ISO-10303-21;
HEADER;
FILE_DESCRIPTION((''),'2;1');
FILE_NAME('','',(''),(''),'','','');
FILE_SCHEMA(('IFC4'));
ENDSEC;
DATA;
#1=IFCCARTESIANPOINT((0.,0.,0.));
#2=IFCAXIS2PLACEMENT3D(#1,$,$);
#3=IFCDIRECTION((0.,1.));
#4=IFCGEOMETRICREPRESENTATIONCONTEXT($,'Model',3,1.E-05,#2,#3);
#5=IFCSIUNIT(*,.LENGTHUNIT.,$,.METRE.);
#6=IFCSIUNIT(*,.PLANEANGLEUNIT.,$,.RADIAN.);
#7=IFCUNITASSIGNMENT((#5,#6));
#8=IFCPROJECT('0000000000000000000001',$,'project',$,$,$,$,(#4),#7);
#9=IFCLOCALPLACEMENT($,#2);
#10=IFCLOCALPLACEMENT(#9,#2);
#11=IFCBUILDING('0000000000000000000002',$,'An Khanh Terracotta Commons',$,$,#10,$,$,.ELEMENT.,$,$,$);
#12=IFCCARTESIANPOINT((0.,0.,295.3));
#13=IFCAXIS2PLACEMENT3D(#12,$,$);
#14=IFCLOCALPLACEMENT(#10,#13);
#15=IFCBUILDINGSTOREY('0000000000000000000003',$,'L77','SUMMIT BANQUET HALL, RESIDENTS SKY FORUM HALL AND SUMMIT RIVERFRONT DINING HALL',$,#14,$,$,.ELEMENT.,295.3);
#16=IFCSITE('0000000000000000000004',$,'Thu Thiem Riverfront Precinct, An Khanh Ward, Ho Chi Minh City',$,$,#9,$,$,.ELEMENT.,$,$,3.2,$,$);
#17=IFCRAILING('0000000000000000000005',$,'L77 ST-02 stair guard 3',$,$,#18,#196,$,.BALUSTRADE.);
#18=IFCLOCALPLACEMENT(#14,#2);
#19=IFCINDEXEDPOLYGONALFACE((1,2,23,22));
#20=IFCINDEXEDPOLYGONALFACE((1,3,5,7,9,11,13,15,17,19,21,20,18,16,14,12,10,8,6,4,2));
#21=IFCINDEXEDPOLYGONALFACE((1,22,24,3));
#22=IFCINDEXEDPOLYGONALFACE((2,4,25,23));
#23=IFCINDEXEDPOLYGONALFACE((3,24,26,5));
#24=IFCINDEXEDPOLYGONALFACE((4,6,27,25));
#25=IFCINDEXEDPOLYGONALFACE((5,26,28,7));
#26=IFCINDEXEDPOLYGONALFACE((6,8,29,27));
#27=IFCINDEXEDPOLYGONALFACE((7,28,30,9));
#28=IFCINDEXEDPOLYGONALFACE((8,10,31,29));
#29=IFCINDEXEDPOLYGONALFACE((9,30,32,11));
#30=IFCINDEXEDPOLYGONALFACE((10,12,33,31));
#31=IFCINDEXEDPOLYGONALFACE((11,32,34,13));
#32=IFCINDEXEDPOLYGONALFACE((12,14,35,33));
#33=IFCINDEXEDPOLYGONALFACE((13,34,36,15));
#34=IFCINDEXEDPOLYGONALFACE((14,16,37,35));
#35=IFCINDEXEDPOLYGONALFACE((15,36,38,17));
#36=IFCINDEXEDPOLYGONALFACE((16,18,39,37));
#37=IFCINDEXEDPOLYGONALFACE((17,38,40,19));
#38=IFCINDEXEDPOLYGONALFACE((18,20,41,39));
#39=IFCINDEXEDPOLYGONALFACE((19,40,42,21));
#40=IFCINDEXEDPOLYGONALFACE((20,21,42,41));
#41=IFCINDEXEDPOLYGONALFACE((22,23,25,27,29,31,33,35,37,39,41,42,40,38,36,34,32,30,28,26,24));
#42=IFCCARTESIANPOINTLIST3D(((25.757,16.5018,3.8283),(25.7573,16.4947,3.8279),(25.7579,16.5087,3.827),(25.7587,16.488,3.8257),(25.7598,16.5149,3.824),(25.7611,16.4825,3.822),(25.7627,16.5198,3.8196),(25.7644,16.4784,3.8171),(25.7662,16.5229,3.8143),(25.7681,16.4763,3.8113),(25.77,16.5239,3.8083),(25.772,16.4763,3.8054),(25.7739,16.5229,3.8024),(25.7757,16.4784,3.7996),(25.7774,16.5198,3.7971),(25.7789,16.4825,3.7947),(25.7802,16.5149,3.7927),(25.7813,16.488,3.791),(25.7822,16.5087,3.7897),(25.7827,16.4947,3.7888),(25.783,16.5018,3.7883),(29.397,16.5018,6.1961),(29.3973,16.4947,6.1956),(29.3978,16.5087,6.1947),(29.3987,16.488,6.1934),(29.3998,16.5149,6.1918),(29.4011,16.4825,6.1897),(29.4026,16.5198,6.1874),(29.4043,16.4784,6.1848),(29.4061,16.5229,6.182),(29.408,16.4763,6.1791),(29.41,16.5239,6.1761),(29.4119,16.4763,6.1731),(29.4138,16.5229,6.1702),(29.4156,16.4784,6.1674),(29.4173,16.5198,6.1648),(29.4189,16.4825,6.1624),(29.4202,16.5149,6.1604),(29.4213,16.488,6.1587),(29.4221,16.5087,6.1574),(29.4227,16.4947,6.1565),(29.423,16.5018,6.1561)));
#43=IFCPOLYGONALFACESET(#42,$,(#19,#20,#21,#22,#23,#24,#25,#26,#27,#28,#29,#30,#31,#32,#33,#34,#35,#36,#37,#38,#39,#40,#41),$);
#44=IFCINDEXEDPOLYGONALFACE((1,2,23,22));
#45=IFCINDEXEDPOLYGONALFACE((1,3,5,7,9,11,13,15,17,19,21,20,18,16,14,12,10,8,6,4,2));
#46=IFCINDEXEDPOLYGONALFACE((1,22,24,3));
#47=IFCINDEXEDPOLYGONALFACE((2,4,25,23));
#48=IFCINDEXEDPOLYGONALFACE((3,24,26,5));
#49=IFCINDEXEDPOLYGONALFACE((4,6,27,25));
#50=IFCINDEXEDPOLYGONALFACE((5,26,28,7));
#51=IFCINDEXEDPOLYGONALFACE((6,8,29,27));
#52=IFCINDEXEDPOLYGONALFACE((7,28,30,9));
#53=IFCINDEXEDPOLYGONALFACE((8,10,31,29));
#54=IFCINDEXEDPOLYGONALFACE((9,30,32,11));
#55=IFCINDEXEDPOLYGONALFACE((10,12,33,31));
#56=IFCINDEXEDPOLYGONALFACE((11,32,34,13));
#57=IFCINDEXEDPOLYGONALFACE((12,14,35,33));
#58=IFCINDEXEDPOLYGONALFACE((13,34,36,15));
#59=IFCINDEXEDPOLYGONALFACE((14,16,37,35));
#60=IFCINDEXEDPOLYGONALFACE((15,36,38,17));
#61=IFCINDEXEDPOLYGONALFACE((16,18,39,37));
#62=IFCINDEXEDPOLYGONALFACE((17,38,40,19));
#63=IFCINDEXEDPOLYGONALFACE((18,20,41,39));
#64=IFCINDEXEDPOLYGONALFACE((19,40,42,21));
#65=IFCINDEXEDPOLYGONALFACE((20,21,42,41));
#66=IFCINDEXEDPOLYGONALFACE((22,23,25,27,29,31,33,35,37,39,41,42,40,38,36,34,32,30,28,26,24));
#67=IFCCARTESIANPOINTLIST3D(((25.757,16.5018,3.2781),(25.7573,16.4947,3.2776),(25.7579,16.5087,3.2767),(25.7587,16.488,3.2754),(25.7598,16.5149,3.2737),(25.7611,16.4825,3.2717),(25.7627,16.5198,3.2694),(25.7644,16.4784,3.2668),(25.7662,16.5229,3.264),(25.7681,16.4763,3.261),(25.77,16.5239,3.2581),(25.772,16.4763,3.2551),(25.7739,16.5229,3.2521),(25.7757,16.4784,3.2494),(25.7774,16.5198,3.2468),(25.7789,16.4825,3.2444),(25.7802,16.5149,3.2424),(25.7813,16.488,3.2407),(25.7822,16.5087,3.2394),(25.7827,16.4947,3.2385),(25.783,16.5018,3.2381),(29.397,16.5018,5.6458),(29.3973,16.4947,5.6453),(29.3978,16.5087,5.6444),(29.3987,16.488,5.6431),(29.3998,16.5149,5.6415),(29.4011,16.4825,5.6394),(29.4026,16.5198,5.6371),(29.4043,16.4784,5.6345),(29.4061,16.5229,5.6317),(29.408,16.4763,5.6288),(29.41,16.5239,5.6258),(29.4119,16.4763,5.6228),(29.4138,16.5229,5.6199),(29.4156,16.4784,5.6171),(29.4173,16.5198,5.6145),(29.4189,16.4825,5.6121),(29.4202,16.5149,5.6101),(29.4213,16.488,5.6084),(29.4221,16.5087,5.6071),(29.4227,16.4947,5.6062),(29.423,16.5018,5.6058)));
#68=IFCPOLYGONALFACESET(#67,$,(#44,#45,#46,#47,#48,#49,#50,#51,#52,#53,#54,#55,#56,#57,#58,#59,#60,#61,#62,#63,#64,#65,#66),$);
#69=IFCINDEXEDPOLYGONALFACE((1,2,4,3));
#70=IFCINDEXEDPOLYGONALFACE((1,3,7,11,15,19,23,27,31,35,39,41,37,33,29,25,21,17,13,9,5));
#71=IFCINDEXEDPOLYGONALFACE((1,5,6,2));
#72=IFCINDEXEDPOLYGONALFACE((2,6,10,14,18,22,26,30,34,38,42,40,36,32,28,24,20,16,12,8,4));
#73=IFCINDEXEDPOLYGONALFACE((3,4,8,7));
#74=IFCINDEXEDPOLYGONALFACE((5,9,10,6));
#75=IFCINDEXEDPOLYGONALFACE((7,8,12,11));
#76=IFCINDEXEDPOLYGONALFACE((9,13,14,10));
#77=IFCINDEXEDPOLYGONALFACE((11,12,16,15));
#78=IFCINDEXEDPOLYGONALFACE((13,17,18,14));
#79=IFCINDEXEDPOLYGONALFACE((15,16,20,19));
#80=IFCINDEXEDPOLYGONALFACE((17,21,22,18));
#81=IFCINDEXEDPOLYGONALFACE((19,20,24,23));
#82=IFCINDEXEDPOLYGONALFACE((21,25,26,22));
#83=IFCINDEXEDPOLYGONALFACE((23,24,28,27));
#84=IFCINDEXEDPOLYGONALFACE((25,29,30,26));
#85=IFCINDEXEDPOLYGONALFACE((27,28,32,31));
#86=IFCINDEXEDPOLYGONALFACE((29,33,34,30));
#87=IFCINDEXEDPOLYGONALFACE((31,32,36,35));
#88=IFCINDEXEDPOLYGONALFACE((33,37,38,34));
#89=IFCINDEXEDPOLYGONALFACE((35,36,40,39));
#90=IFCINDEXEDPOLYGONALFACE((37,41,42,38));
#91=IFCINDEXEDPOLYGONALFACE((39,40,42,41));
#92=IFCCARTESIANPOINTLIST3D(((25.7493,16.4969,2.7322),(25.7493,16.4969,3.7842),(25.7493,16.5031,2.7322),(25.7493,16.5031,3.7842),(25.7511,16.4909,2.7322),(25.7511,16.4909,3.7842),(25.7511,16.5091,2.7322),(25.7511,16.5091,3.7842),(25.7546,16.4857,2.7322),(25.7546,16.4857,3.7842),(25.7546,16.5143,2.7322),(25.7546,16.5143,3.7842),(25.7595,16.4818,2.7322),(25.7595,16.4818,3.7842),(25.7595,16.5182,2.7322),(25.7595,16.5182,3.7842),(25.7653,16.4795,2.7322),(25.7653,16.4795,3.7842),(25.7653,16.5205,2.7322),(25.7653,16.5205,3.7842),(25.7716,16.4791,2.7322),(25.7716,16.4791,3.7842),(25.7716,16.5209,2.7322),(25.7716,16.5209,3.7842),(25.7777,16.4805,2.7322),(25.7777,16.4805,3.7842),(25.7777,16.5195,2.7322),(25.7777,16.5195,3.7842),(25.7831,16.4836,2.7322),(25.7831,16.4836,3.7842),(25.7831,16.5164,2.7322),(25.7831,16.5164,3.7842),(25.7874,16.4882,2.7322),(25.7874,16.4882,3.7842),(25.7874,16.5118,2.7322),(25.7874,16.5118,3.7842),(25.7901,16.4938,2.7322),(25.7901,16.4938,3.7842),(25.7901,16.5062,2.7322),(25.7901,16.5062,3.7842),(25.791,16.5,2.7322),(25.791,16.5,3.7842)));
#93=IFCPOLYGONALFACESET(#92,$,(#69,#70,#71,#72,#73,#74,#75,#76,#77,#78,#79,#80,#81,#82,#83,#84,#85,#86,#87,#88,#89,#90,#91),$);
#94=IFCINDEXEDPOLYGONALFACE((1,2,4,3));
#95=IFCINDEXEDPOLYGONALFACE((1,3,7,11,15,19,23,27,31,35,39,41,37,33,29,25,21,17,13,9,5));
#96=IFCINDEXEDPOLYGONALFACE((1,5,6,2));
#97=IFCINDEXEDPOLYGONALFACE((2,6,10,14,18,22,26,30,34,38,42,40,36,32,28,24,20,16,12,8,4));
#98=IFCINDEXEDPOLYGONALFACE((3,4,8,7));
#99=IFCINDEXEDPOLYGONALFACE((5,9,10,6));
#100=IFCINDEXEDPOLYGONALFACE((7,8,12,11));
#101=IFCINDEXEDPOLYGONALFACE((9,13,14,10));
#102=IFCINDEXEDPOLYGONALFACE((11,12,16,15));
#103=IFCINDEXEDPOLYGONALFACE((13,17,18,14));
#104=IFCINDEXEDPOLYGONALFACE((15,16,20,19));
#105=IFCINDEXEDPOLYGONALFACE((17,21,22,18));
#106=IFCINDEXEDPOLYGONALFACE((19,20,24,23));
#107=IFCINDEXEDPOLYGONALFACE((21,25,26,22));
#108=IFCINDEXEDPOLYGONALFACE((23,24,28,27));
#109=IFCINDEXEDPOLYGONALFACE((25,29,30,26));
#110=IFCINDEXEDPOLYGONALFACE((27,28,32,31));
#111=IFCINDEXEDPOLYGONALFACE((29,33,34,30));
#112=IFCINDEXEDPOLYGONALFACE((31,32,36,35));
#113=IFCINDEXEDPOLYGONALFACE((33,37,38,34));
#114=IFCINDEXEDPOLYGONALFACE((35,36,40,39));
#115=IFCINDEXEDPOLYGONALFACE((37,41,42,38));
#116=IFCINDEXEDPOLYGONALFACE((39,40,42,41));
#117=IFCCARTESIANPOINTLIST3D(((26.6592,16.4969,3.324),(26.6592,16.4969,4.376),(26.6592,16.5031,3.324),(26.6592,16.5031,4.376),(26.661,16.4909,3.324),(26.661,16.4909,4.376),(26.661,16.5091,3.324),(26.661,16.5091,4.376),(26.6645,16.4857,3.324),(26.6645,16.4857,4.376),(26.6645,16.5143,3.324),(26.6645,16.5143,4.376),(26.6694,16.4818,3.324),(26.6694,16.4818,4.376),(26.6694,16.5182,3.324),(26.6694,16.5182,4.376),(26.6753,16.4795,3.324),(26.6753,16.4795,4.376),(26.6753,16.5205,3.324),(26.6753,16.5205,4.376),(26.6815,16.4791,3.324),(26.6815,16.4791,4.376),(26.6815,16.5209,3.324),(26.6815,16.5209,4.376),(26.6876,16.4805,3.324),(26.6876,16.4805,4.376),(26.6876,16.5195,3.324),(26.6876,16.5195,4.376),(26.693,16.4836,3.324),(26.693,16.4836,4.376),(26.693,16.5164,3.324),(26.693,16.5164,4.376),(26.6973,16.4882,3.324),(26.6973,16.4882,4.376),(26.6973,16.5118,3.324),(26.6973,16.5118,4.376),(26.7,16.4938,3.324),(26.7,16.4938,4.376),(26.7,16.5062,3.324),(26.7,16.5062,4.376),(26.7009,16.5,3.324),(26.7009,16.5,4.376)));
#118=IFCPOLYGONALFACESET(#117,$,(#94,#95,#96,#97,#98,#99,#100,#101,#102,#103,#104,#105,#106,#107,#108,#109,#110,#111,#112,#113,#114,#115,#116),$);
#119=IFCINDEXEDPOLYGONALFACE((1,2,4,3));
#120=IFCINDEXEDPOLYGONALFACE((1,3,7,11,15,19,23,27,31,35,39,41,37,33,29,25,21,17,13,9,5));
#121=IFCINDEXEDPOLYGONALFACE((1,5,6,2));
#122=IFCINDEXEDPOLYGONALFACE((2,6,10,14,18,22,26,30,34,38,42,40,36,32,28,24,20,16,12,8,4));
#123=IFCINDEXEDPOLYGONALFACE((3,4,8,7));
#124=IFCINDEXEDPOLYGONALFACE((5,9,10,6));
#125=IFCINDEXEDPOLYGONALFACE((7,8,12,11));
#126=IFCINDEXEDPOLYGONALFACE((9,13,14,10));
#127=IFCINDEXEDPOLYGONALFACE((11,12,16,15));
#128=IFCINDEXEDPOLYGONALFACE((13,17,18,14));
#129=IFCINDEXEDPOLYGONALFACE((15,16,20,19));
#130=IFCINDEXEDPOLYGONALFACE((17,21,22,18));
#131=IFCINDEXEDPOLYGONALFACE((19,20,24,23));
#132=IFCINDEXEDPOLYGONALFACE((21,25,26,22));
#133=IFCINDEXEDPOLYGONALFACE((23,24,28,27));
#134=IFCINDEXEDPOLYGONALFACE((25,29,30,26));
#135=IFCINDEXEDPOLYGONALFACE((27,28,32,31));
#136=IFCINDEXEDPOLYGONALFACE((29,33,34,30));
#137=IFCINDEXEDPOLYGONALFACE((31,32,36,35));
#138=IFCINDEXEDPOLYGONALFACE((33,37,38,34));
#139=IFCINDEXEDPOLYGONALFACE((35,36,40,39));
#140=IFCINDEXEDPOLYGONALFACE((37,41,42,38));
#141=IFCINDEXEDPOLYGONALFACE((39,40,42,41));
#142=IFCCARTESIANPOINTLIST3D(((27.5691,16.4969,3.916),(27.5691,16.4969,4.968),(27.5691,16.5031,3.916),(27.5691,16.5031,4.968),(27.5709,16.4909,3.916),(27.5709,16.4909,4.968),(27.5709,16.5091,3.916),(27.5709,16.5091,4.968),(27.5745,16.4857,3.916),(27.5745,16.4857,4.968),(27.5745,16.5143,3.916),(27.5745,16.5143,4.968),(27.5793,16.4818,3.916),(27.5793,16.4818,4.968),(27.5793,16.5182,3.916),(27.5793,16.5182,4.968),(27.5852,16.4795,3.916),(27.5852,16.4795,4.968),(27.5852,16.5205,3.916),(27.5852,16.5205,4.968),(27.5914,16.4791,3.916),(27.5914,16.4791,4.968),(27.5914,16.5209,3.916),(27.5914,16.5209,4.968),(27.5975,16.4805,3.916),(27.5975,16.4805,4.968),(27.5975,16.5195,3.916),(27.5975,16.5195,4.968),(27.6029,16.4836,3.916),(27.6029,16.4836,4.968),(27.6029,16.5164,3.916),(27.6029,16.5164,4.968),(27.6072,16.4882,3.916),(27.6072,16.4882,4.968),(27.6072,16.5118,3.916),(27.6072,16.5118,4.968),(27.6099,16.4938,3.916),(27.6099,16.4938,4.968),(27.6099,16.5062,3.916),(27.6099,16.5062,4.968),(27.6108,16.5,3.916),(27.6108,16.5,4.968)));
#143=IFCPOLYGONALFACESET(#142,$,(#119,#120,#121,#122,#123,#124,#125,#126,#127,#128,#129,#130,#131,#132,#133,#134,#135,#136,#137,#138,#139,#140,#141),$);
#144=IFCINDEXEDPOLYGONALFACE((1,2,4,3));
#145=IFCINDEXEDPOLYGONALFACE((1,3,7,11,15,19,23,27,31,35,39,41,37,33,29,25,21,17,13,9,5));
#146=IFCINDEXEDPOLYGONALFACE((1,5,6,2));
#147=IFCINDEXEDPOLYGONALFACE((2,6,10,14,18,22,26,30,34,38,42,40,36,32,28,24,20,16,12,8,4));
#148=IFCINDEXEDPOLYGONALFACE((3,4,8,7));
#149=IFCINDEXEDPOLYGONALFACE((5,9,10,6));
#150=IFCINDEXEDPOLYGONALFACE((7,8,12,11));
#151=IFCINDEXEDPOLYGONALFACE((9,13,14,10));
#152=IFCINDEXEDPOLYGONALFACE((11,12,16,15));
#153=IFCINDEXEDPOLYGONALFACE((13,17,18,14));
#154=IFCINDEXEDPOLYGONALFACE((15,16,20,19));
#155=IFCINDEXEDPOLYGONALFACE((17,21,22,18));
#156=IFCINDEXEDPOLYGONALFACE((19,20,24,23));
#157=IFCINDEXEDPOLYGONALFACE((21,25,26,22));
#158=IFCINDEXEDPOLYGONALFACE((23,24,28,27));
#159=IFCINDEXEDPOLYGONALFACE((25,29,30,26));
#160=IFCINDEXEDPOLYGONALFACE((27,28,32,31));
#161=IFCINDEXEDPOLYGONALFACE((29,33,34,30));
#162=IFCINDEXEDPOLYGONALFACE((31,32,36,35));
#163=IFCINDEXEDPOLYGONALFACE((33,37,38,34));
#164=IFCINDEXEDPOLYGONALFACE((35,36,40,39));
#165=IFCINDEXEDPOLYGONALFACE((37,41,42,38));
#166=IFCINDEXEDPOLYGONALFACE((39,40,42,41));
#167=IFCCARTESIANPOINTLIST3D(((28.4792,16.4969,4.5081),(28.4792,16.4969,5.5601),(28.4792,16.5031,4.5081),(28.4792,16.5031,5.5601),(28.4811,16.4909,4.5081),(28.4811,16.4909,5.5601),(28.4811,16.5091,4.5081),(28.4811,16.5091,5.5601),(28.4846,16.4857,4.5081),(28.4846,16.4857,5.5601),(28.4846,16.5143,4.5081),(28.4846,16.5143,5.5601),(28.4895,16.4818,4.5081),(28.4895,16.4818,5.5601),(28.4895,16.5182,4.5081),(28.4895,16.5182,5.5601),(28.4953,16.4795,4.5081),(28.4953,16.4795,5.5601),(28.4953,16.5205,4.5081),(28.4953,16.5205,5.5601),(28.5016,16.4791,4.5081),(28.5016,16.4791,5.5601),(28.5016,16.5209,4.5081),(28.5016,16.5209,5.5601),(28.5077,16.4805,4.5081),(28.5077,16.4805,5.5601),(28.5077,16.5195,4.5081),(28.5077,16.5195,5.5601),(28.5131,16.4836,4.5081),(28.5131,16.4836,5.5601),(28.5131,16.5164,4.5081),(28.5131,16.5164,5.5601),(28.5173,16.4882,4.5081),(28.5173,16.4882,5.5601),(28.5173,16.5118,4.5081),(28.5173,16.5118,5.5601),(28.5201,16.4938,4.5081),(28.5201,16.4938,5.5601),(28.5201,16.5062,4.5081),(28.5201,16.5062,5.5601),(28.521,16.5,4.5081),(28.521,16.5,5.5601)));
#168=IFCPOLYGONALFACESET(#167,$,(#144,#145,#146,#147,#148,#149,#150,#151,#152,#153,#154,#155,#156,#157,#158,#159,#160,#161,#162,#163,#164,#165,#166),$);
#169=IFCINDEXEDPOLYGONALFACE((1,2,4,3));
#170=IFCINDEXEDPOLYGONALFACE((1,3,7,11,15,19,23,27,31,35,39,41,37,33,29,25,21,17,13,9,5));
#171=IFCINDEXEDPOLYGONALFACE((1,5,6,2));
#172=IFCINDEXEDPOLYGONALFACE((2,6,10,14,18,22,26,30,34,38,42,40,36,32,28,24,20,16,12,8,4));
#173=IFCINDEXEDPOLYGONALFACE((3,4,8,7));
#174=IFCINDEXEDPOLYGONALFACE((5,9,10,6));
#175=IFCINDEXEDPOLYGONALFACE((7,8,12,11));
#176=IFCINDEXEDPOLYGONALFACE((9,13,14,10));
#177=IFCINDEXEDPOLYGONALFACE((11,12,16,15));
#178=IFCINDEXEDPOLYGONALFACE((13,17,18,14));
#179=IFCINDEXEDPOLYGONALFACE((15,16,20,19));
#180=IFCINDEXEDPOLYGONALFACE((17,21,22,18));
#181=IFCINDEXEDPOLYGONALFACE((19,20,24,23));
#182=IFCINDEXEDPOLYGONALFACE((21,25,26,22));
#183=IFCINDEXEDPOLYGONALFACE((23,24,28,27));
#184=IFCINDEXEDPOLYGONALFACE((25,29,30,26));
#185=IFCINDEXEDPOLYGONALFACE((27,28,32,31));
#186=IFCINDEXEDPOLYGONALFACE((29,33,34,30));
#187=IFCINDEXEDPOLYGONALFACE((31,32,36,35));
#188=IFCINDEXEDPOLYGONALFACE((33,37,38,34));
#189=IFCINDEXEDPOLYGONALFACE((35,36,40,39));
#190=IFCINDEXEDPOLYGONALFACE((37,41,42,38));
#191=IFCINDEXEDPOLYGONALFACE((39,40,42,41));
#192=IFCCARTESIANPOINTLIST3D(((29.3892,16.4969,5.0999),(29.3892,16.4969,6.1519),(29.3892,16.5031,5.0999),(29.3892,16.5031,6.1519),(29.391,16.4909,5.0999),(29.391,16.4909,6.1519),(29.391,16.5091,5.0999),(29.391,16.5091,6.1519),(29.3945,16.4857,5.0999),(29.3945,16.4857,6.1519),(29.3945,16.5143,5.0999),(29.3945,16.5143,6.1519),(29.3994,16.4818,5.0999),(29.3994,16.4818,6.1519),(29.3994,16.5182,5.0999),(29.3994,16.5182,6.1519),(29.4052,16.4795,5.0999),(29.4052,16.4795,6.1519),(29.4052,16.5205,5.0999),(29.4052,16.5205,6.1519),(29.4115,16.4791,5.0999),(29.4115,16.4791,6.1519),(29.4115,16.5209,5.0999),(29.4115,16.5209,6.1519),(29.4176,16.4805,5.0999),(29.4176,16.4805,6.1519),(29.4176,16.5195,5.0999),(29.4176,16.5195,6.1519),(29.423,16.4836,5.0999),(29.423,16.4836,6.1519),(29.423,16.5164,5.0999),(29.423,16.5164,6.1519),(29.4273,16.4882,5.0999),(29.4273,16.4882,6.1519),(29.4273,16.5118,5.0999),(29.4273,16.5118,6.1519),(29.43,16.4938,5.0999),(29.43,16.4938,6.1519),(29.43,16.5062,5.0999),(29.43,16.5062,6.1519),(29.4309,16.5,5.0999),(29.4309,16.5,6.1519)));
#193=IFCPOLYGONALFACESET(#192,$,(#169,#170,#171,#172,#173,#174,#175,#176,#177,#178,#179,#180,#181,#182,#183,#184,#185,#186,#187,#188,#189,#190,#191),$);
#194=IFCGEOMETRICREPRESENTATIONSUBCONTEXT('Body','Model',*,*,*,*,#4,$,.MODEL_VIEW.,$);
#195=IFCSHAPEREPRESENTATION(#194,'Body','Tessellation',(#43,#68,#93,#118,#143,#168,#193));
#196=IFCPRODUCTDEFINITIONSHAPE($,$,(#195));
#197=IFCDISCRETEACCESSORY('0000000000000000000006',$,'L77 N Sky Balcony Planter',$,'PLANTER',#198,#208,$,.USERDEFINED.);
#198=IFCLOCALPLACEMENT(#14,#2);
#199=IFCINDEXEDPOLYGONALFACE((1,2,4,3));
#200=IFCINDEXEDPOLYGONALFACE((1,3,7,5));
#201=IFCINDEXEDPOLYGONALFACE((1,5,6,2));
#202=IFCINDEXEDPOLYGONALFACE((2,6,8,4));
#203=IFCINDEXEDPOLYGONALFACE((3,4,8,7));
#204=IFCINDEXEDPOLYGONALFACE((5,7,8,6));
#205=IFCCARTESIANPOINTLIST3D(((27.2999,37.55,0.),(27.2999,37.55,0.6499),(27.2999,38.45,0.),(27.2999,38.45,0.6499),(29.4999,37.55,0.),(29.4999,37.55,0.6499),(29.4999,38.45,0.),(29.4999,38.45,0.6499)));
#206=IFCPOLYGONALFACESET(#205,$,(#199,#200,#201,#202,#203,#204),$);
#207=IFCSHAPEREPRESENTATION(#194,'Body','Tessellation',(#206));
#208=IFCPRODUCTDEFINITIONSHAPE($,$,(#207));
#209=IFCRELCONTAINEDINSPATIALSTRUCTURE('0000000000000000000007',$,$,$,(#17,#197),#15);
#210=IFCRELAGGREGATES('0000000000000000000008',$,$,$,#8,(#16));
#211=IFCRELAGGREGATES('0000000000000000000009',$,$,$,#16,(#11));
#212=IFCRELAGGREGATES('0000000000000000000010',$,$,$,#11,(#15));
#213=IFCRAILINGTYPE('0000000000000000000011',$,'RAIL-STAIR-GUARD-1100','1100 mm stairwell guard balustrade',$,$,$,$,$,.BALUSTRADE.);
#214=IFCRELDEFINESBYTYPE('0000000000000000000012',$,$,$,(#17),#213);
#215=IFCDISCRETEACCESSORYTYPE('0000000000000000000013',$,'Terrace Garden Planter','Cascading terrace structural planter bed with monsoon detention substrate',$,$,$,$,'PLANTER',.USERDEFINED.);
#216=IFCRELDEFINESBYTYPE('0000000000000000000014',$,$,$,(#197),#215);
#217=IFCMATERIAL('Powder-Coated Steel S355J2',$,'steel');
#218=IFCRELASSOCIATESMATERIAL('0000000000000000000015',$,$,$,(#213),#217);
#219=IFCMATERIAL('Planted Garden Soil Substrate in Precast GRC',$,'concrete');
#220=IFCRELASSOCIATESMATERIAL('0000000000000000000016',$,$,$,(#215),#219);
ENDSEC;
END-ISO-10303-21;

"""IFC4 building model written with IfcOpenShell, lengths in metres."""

from ifc_helpers import new_model, si_unit, direction, frame, origin, origin_2d, place, context, subcontext, project, spatial, rectangle, circle, extrude, material, type_object, element, save


model = new_model("IFC4")

# Units and contexts
model_context = context("Model", 3, precision=1e-05, world=origin(), true_north=direction((0.0, 1.0)))
body_context = subcontext(model_context, "Body", "Model", "MODEL_VIEW")
ifc_project = project(units=[si_unit("LENGTHUNIT", "METRE"), si_unit("PLANEANGLEUNIT", "RADIAN")], contexts=[model_context])

# Site, building, storey
site_placement = place(None, origin())
site = spatial("IfcSite", under=ifc_project, at=site_placement, Name="Thu Thiem Riverfront Precinct, An Khanh Ward, Ho Chi Minh City", CompositionType="ELEMENT", RefElevation=3.2)
building_placement = place(site_placement, origin())
building = spatial("IfcBuilding", under=site, at=building_placement, Name="An Khanh Terracotta Commons", CompositionType="ELEMENT")
storey_placement = place(building_placement, frame((0.0, 0.0, 295.3)))
storey = spatial("IfcBuildingStorey", under=building, at=storey_placement, Name="L77", Description="SUMMIT BANQUET HALL, RESIDENTS SKY FORUM HALL AND SUMMIT RIVERFRONT DINING HALL", CompositionType="ELEMENT", Elevation=295.3)

# Railing
ifc_material_1 = material(Name="Powder-Coated Steel S355J2", Category="steel")
railing_type_1 = type_object("IfcRailingType", Name="RAIL-STAIR-GUARD-1100", Description="1100 mm stairwell guard balustrade", PredefinedType="BALUSTRADE", material=ifc_material_1)
railing_1_placement = place(storey_placement, frame((25.77, 16.5, 2.7322)))
element("IfcRailing", 1, at=railing_1_placement, inside=storey, type_object=railing_type_1, Name="L77 ST-02 stair guard 3", PredefinedType="BALUSTRADE", context=body_context, shape_type="SweptSolid", body=[
    extrude(circle(Radius=0.0239, at=origin_2d()), frame((0.0, 0.0, 1.0762), z_axis=(0.83826, 0.0, 0.545271), x_axis=(0.0, 1.0, 0.0)), (0.0, 0.0, 1.0), 4.3423),
    extrude(circle(Radius=0.0239, at=origin_2d()), frame((0.0, 0.0, 0.5259), z_axis=(0.83826, 0.0, 0.545271), x_axis=(0.0, 1.0, 0.0)), (0.0, 0.0, 1.0), 4.3423),
    extrude(circle(Radius=0.021, at=origin_2d()), origin(), (0.0, 0.0, 1.0), 1.052),
    extrude(circle(Radius=0.021, at=origin_2d()), frame((0.9099, 0.0, 0.5918)), (0.0, 0.0, 1.0), 1.052),
    extrude(circle(Radius=0.021, at=origin_2d()), frame((1.8198, 0.0, 1.1838)), (0.0, 0.0, 1.0), 1.052),
    extrude(circle(Radius=0.021, at=origin_2d()), frame((2.73, 0.0, 1.7759)), (0.0, 0.0, 1.0), 1.052),
    extrude(circle(Radius=0.021, at=origin_2d()), frame((3.6399, 0.0, 2.3677)), (0.0, 0.0, 1.0), 1.052),
])

# Discrete accessory
ifc_material_2 = material(Name="Planted Garden Soil Substrate in Precast GRC", Category="concrete")
discrete_accessory_type = type_object("IfcDiscreteAccessoryType", Name="Terrace Garden Planter", Description="Cascading terrace structural planter bed with monsoon detention substrate", ElementType="PLANTER", PredefinedType="USERDEFINED", material=ifc_material_2)
discrete_accessory_placement = place(storey_placement, frame((28.3999, 38.0, 0.0), z_axis=(0.0, 0.0, 1.0), x_axis=(1.0, 0.0, 0.0)))
element("IfcDiscreteAccessory", 2, at=discrete_accessory_placement, inside=storey, type_object=discrete_accessory_type, Name="L77 N Sky Balcony Planter", ObjectType="PLANTER", PredefinedType="USERDEFINED", context=body_context, shape_type="SweptSolid", body=[
    extrude(rectangle(XDim=2.2, YDim=0.8999, at=origin_2d()), origin(), (0.0, 0.0, 1.0), 0.6499),
])

save(model, "model.ifc")
